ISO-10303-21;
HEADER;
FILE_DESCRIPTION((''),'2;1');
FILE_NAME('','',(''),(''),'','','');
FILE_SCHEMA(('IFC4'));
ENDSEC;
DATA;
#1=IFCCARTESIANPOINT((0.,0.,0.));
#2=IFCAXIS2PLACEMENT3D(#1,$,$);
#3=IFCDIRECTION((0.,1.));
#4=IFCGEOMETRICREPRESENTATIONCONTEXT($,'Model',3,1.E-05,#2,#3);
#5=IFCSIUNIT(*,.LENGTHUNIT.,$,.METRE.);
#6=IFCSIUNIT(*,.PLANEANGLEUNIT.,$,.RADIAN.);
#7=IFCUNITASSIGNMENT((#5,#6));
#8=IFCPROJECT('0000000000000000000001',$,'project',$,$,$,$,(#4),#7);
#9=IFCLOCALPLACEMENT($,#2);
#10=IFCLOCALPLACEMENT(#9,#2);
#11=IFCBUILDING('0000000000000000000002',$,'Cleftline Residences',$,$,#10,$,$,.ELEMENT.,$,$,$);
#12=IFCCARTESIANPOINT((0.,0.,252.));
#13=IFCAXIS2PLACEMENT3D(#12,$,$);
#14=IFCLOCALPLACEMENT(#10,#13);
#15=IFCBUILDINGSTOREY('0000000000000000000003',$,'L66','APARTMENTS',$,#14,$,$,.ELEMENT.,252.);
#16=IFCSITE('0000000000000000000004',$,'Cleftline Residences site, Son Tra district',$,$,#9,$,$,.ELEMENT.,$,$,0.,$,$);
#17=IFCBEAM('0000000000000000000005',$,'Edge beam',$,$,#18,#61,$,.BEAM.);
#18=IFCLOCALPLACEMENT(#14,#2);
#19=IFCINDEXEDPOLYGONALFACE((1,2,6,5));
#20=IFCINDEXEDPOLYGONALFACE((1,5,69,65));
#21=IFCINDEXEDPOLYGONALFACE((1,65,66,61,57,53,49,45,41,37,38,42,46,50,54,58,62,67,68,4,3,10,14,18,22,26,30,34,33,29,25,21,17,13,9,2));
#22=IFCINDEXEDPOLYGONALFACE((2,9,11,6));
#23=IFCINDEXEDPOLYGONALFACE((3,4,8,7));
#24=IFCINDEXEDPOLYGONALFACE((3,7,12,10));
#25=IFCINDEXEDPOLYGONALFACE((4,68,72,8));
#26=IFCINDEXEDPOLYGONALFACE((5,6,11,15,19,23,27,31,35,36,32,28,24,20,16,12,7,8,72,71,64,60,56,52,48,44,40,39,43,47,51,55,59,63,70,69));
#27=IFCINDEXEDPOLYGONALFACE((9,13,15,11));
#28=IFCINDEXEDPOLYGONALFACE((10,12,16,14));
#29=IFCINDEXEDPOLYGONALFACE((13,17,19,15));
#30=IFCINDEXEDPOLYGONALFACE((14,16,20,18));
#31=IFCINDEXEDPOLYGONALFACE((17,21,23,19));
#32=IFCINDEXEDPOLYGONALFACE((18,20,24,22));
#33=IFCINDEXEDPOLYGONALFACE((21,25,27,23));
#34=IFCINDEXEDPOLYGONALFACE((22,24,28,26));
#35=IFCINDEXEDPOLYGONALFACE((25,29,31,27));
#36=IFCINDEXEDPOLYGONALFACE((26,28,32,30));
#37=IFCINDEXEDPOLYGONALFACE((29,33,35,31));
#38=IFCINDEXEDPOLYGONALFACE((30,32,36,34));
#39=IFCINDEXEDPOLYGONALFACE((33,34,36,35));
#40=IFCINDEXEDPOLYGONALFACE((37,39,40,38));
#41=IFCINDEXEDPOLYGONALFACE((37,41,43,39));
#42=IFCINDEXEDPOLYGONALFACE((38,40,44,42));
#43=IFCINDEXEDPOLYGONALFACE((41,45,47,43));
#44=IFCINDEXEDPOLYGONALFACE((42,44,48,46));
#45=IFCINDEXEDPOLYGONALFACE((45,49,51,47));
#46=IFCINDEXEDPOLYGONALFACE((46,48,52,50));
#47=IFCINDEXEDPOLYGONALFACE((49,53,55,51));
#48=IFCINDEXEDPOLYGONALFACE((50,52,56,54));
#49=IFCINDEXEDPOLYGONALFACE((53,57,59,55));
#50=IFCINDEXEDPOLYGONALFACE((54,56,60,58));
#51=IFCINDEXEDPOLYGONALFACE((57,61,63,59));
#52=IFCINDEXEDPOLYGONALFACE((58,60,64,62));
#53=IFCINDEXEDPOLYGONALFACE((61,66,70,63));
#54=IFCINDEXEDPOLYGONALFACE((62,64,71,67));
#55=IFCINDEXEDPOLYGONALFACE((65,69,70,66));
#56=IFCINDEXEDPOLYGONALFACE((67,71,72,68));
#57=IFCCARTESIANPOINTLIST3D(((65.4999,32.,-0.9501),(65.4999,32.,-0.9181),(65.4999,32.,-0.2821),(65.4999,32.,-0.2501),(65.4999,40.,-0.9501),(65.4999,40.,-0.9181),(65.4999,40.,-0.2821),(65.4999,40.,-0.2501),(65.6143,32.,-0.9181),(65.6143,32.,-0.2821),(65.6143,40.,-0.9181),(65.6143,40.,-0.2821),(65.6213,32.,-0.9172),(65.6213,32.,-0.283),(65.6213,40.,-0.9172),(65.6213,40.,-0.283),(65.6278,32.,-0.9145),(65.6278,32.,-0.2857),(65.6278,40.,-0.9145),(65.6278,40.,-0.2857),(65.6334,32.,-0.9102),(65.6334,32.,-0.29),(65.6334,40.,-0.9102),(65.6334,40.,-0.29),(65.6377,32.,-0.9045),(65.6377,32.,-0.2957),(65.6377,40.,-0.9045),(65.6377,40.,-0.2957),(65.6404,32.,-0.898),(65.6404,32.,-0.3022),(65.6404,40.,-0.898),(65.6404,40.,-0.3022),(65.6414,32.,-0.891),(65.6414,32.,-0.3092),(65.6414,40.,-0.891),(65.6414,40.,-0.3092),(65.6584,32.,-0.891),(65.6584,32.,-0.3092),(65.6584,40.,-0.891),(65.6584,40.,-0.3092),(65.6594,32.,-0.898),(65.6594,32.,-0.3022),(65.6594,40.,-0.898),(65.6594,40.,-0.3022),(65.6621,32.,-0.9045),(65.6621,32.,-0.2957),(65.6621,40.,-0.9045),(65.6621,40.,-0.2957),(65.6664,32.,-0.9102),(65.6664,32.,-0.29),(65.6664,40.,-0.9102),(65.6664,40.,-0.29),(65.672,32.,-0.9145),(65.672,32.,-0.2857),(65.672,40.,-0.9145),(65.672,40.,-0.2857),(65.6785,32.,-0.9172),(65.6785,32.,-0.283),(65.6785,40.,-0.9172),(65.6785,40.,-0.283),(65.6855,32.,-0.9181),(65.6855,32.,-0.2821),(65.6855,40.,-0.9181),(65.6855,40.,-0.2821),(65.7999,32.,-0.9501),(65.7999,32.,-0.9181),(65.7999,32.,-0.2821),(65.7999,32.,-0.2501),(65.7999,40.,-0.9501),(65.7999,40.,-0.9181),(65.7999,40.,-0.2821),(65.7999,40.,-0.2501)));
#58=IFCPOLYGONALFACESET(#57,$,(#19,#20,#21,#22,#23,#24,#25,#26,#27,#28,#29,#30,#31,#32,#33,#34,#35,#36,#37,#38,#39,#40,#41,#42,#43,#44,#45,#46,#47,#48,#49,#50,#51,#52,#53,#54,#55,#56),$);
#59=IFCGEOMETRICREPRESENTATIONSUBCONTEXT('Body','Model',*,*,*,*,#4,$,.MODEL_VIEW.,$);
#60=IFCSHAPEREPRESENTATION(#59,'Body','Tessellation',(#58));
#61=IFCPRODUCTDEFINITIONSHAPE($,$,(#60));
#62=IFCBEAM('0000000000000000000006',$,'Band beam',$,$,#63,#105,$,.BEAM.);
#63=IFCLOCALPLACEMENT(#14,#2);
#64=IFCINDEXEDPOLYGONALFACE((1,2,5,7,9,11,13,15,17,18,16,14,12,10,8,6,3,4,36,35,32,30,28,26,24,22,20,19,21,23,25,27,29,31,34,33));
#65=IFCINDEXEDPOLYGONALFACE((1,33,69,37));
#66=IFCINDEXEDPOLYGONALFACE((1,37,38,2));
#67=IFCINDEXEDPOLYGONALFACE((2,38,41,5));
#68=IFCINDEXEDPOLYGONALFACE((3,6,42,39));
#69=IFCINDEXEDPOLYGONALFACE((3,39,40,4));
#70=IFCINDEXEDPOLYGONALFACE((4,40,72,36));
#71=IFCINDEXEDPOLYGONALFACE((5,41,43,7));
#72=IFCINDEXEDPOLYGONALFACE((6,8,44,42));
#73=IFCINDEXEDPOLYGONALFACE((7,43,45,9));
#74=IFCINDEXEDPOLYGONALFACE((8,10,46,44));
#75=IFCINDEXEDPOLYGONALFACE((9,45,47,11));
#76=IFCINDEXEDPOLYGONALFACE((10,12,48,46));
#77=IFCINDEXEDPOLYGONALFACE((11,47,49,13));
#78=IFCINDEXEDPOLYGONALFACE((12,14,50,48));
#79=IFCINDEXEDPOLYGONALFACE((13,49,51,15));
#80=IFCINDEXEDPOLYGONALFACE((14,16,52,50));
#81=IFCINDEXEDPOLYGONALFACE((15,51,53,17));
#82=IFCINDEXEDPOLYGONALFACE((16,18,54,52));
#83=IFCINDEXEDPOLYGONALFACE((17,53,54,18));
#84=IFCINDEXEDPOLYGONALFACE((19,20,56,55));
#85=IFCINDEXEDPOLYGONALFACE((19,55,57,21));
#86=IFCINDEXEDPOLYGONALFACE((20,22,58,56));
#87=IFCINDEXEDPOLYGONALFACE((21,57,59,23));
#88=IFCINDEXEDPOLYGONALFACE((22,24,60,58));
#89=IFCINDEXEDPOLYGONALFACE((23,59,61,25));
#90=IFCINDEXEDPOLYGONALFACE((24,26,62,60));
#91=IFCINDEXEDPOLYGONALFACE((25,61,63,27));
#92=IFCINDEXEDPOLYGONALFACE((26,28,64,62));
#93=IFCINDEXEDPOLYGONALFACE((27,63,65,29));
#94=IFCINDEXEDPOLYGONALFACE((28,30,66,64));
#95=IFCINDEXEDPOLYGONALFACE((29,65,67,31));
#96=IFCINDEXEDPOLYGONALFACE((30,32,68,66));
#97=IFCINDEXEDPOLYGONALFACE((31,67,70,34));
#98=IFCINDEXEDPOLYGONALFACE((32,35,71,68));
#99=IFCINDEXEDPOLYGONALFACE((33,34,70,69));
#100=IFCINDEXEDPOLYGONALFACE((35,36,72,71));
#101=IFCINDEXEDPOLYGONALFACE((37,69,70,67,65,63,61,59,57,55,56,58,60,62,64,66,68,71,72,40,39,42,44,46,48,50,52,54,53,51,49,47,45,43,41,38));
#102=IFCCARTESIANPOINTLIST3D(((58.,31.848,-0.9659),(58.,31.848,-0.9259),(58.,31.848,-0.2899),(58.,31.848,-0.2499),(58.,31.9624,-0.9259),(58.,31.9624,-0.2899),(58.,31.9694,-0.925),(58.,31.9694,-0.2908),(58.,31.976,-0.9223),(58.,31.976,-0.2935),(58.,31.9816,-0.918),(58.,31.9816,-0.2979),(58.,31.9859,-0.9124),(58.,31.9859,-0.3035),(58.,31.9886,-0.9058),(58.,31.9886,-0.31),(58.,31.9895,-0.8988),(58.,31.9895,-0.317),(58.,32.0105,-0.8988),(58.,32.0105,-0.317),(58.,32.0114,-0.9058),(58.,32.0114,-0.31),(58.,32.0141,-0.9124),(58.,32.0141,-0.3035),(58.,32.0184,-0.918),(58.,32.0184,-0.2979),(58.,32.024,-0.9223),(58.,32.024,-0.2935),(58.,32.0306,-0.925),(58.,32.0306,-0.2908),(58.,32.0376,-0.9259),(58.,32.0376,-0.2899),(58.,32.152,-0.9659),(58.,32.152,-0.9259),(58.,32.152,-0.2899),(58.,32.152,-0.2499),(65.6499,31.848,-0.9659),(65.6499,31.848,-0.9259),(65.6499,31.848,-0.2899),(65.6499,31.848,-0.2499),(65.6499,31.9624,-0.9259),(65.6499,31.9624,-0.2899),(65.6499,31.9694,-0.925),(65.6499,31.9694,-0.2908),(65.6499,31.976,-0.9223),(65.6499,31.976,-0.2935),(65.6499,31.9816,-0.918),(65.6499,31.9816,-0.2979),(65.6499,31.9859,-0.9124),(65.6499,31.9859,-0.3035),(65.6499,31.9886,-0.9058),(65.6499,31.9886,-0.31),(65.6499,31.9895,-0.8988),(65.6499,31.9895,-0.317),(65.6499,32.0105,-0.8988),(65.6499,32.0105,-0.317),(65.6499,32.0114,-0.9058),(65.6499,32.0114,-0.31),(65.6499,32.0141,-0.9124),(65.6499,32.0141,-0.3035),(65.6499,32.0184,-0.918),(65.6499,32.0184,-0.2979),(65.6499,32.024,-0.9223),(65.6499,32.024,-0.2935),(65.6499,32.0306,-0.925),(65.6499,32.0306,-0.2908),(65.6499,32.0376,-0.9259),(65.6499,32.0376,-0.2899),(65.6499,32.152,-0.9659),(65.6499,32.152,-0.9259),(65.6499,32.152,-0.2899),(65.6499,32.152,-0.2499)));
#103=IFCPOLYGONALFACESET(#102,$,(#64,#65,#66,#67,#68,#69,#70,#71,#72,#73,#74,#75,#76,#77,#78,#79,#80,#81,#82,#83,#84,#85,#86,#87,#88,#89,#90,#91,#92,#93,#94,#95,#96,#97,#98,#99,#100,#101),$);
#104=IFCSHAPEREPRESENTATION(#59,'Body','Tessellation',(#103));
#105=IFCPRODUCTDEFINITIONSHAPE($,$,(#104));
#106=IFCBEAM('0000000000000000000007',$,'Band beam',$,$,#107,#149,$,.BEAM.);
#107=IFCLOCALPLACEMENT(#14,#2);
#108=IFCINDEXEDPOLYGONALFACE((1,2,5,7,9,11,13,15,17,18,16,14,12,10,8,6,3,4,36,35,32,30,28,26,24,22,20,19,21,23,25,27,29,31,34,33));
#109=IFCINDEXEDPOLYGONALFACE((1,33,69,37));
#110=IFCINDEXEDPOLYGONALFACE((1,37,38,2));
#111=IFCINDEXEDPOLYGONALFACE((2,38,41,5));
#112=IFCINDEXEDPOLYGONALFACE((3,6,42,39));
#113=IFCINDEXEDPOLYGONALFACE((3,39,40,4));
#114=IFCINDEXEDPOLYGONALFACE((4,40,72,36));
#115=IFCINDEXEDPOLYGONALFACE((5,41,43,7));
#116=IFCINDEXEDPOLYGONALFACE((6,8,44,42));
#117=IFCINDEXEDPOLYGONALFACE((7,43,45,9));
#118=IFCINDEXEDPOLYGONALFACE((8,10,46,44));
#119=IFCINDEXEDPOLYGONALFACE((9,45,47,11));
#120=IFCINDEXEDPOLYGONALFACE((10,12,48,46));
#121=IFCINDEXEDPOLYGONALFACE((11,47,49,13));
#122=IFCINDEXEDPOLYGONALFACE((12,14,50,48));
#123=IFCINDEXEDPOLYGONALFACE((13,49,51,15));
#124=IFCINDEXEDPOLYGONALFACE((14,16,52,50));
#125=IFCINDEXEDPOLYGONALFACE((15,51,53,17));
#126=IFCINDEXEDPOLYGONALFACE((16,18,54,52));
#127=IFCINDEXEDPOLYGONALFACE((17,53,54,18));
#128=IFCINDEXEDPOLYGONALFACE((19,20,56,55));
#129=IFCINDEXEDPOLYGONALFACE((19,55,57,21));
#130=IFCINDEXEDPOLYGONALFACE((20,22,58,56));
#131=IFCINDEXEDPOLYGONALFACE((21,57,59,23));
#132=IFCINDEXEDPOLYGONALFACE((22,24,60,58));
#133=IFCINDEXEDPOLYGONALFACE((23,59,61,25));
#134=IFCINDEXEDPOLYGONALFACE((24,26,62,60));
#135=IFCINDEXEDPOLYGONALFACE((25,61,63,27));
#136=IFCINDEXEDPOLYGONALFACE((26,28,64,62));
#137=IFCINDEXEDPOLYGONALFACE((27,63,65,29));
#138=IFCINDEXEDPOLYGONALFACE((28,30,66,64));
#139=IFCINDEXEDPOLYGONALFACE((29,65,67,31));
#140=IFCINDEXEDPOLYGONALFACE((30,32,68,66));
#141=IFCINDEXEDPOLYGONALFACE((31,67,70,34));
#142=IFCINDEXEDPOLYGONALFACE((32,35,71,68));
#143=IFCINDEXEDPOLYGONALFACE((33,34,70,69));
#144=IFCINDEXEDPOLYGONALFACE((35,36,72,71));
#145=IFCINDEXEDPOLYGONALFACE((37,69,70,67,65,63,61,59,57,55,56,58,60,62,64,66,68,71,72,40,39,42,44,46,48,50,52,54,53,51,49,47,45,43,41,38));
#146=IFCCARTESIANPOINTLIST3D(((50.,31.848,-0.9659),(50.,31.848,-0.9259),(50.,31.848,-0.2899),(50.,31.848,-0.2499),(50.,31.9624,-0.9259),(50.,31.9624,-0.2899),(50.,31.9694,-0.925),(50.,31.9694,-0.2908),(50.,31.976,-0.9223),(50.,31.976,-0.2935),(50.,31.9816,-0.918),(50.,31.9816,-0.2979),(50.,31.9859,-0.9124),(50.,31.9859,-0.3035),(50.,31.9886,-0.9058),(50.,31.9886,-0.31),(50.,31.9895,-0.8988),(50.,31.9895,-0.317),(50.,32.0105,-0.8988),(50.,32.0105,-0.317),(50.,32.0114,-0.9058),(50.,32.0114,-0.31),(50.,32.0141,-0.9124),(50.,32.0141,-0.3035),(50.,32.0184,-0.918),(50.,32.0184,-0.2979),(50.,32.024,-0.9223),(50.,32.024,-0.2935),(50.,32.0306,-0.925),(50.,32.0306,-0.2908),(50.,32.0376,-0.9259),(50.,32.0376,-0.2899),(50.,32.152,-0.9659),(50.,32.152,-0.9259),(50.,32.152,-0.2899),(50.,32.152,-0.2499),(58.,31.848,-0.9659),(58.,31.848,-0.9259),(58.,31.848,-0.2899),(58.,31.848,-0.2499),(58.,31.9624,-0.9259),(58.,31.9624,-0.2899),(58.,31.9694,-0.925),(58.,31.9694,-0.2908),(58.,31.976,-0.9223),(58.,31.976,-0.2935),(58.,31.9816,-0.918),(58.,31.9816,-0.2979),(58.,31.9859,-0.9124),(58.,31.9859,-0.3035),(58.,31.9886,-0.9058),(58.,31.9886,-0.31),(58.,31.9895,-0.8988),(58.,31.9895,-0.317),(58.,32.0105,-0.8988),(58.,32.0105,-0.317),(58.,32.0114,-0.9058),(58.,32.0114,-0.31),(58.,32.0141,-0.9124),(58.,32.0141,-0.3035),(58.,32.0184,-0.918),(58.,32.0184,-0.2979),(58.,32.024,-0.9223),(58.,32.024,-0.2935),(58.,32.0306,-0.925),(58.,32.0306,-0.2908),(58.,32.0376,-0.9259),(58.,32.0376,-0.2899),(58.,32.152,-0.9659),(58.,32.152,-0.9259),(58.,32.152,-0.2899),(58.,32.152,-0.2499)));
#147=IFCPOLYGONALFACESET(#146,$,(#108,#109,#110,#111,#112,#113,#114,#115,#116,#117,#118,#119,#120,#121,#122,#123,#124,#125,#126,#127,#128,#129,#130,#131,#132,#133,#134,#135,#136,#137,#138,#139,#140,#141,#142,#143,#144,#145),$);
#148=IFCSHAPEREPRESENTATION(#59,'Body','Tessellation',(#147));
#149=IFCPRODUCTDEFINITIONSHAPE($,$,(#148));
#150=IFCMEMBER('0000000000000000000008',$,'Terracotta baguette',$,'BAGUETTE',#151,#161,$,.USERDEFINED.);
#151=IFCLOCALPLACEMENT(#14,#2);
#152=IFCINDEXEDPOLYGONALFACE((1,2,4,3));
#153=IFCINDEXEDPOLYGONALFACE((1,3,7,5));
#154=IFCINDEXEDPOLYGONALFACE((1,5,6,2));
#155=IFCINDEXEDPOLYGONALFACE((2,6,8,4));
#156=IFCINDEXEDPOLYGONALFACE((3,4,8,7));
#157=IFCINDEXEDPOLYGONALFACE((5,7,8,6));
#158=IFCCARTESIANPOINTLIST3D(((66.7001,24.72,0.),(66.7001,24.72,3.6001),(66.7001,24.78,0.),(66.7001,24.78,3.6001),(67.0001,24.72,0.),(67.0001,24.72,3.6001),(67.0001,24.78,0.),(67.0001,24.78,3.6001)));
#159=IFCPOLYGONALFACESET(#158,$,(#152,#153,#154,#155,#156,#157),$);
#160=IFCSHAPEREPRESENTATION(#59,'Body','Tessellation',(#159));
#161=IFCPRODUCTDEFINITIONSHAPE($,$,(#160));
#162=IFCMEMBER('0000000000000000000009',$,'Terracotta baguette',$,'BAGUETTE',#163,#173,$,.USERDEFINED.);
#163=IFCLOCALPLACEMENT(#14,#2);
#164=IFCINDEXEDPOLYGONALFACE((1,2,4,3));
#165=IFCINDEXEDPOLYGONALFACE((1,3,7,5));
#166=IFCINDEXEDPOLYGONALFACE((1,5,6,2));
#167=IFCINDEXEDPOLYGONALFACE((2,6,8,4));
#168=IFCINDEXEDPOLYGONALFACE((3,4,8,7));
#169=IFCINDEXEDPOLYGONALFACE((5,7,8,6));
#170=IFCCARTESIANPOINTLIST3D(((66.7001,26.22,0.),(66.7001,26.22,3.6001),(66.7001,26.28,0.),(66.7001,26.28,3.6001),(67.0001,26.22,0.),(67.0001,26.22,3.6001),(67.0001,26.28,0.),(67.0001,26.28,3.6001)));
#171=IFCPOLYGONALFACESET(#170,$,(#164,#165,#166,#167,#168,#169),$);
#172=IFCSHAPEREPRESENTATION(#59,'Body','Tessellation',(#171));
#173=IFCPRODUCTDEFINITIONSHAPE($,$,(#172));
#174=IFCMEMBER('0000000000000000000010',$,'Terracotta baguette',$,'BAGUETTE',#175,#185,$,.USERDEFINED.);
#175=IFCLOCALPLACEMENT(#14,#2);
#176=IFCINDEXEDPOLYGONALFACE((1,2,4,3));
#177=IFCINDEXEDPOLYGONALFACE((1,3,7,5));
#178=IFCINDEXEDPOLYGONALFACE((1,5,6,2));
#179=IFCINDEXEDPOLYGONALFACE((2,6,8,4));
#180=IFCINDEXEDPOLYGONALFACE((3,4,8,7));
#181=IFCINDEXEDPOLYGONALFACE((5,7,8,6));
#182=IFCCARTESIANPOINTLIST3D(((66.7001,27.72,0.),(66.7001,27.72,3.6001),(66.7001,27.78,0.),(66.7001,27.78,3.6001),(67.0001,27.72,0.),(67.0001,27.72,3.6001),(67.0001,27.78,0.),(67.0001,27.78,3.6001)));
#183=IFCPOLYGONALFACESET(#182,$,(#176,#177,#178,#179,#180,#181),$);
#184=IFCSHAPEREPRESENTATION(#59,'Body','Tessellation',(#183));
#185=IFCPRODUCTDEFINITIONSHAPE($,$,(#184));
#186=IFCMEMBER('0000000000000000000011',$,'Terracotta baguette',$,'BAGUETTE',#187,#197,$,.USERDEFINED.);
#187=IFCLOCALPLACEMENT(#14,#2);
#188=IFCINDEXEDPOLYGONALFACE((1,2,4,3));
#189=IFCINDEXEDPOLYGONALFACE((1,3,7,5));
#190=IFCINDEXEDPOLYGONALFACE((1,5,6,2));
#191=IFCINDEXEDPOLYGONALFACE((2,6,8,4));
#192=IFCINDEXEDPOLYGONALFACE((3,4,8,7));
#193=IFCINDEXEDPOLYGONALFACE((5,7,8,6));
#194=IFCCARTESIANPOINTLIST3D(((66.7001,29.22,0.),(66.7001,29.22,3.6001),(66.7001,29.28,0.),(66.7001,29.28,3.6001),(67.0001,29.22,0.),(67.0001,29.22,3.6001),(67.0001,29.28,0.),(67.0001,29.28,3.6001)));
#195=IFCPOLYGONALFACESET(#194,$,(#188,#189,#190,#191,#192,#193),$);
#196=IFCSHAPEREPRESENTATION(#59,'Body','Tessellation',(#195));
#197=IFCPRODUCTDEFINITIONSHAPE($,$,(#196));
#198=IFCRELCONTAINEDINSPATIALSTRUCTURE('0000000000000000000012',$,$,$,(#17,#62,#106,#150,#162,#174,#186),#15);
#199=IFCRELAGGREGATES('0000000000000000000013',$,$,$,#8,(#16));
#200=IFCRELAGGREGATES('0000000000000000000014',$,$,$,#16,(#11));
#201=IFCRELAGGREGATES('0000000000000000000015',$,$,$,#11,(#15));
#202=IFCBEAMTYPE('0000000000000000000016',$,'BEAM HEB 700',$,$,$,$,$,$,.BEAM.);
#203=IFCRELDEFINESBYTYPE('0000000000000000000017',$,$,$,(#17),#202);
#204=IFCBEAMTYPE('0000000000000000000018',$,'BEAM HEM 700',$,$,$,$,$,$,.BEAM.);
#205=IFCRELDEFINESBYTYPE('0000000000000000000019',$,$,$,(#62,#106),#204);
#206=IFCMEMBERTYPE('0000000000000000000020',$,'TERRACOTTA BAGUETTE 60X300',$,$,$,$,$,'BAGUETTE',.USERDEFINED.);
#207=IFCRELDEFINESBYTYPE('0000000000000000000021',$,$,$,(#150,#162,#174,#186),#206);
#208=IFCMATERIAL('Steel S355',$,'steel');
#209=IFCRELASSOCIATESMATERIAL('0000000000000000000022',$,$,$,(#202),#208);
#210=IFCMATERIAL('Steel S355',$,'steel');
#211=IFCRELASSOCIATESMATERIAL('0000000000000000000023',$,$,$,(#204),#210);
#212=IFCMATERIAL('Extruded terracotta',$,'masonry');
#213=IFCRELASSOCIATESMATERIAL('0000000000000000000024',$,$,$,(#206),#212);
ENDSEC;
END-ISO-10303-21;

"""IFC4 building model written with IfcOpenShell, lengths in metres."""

from ifc_helpers import new_model, si_unit, direction, frame, origin, origin_2d, place, context, subcontext, project, spatial, rectangle, i_section, extrude, material, material_profile, profile_set, type_object, element, save


model = new_model("IFC4")

# Units and contexts
model_context = context("Model", 3, precision=1e-05, world=origin(), true_north=direction((0.0, 1.0)))
body_context = subcontext(model_context, "Body", "Model", "MODEL_VIEW")
ifc_project = project(units=[si_unit("LENGTHUNIT", "METRE"), si_unit("PLANEANGLEUNIT", "RADIAN")], contexts=[model_context])

# Site, building, storey
site_placement = place(None, origin())
site = spatial("IfcSite", under=ifc_project, at=site_placement, Name="Cleftline Residences site, Son Tra district", CompositionType="ELEMENT", RefElevation=0.0)
building_placement = place(site_placement, origin())
building = spatial("IfcBuilding", under=site, at=building_placement, Name="Cleftline Residences", CompositionType="ELEMENT")
storey_placement = place(building_placement, frame((0.0, 0.0, 252.0)))
storey = spatial("IfcBuildingStorey", under=building, at=storey_placement, Name="L66", Description="APARTMENTS", CompositionType="ELEMENT", Elevation=252.0)

# Beams
ifc_material_1 = material(Name="Steel S355", Category="steel")
ifc_material_profile_1 = material_profile(ifc_material_1, i_section(OverallWidth=0.3, OverallDepth=0.7, WebThickness=0.0171, FlangeThickness=0.032, FilletRadius=0.0271, at=origin_2d()))
ifc_profile_set_1 = profile_set([ifc_material_profile_1], Name="Steel S355")
beam_type_1 = type_object("IfcBeamType", Name="BEAM HEB 700", PredefinedType="BEAM", material=ifc_profile_set_1)
for number, where, z_axis, x_axis, name in (
    (1, (65.6499, 32.0, -0.6001), (0.0, 1.0, 0.0), (-1.0, 0.0, 0.0), "Edge beam"),
):
    element("IfcBeam", number, at=place(storey_placement, frame(where, z_axis=z_axis, x_axis=x_axis)), inside=storey, type_object=beam_type_1, Name=name, PredefinedType="BEAM", context=body_context, shape_type="SweptSolid", body=[
        extrude(i_section(OverallWidth=0.3, OverallDepth=0.7, WebThickness=0.0171, FlangeThickness=0.032, FilletRadius=0.0271, at=origin_2d()), origin(), (0.0, 0.0, 1.0), 8.0),
    ])
ifc_material_2 = material(Name="Steel S355", Category="steel")
ifc_material_profile_2 = material_profile(ifc_material_2, i_section(OverallWidth=0.304, OverallDepth=0.7161, WebThickness=0.021, FlangeThickness=0.04, FilletRadius=0.0271, at=origin_2d()))
ifc_profile_set_2 = profile_set([ifc_material_profile_2], Name="Steel S355")
beam_type_2 = type_object("IfcBeamType", Name="BEAM HEM 700", PredefinedType="BEAM", material=ifc_profile_set_2)
beam_1_placement = place(storey_placement, frame((65.6499, 32.0, -0.6079), z_axis=(-1.0, 0.0, 0.0), x_axis=(0.0, -1.0, 0.0)))
element("IfcBeam", 2, at=beam_1_placement, inside=storey, type_object=beam_type_2, Name="Band beam", PredefinedType="BEAM", context=body_context, shape_type="SweptSolid", body=[
    extrude(i_section(OverallWidth=0.304, OverallDepth=0.7161, WebThickness=0.021, FlangeThickness=0.04, FilletRadius=0.0271, at=origin_2d()), origin(), (0.0, 0.0, 1.0), 7.6499),
])
beam_2_placement = place(storey_placement, frame((58.0, 32.0, -0.6079), z_axis=(-1.0, 0.0, 0.0), x_axis=(0.0, -1.0, 0.0)))
element("IfcBeam", 3, at=beam_2_placement, inside=storey, type_object=beam_type_2, Name="Band beam", PredefinedType="BEAM", context=body_context, shape_type="SweptSolid", body=[
    extrude(i_section(OverallWidth=0.304, OverallDepth=0.7161, WebThickness=0.021, FlangeThickness=0.04, FilletRadius=0.0271, at=origin_2d()), origin(), (0.0, 0.0, 1.0), 8.0),
])

# Members
ifc_material_3 = material(Name="Extruded terracotta", Category="masonry")
ifc_material_profile_3 = material_profile(ifc_material_3, rectangle(XDim=0.0601, YDim=0.3, at=origin_2d()))
ifc_profile_set_3 = profile_set([ifc_material_profile_3], Name="Extruded terracotta")
member_type_1 = type_object("IfcMemberType", Name="TERRACOTTA BAGUETTE 60X300", ElementType="BAGUETTE", PredefinedType="USERDEFINED", material=ifc_profile_set_3)
for number, where, z_axis, x_axis, name in (
    (4, (66.8501, 24.75, 0.0), (0.0, 0.0, 1.0), (0.0, 1.0, 0.0), "Terracotta baguette"),
    (5, (66.8501, 26.25, 0.0), (0.0, 0.0, 1.0), (0.0, 1.0, 0.0), "Terracotta baguette"),
    (6, (66.8501, 27.75, 0.0), (0.0, 0.0, 1.0), (0.0, 1.0, 0.0), "Terracotta baguette"),
    (7, (66.8501, 29.25, 0.0), (0.0, 0.0, 1.0), (0.0, 1.0, 0.0), "Terracotta baguette"),
):
    element("IfcMember", number, at=place(storey_placement, frame(where, z_axis=z_axis, x_axis=x_axis)), inside=storey, type_object=member_type_1, Name=name, ObjectType="BAGUETTE", PredefinedType="USERDEFINED", context=body_context, shape_type="SweptSolid", body=[
        extrude(rectangle(XDim=0.0601, YDim=0.3, at=origin_2d()), origin(), (0.0, 0.0, 1.0), 3.6001),
    ])

save(model, "model.ifc")
